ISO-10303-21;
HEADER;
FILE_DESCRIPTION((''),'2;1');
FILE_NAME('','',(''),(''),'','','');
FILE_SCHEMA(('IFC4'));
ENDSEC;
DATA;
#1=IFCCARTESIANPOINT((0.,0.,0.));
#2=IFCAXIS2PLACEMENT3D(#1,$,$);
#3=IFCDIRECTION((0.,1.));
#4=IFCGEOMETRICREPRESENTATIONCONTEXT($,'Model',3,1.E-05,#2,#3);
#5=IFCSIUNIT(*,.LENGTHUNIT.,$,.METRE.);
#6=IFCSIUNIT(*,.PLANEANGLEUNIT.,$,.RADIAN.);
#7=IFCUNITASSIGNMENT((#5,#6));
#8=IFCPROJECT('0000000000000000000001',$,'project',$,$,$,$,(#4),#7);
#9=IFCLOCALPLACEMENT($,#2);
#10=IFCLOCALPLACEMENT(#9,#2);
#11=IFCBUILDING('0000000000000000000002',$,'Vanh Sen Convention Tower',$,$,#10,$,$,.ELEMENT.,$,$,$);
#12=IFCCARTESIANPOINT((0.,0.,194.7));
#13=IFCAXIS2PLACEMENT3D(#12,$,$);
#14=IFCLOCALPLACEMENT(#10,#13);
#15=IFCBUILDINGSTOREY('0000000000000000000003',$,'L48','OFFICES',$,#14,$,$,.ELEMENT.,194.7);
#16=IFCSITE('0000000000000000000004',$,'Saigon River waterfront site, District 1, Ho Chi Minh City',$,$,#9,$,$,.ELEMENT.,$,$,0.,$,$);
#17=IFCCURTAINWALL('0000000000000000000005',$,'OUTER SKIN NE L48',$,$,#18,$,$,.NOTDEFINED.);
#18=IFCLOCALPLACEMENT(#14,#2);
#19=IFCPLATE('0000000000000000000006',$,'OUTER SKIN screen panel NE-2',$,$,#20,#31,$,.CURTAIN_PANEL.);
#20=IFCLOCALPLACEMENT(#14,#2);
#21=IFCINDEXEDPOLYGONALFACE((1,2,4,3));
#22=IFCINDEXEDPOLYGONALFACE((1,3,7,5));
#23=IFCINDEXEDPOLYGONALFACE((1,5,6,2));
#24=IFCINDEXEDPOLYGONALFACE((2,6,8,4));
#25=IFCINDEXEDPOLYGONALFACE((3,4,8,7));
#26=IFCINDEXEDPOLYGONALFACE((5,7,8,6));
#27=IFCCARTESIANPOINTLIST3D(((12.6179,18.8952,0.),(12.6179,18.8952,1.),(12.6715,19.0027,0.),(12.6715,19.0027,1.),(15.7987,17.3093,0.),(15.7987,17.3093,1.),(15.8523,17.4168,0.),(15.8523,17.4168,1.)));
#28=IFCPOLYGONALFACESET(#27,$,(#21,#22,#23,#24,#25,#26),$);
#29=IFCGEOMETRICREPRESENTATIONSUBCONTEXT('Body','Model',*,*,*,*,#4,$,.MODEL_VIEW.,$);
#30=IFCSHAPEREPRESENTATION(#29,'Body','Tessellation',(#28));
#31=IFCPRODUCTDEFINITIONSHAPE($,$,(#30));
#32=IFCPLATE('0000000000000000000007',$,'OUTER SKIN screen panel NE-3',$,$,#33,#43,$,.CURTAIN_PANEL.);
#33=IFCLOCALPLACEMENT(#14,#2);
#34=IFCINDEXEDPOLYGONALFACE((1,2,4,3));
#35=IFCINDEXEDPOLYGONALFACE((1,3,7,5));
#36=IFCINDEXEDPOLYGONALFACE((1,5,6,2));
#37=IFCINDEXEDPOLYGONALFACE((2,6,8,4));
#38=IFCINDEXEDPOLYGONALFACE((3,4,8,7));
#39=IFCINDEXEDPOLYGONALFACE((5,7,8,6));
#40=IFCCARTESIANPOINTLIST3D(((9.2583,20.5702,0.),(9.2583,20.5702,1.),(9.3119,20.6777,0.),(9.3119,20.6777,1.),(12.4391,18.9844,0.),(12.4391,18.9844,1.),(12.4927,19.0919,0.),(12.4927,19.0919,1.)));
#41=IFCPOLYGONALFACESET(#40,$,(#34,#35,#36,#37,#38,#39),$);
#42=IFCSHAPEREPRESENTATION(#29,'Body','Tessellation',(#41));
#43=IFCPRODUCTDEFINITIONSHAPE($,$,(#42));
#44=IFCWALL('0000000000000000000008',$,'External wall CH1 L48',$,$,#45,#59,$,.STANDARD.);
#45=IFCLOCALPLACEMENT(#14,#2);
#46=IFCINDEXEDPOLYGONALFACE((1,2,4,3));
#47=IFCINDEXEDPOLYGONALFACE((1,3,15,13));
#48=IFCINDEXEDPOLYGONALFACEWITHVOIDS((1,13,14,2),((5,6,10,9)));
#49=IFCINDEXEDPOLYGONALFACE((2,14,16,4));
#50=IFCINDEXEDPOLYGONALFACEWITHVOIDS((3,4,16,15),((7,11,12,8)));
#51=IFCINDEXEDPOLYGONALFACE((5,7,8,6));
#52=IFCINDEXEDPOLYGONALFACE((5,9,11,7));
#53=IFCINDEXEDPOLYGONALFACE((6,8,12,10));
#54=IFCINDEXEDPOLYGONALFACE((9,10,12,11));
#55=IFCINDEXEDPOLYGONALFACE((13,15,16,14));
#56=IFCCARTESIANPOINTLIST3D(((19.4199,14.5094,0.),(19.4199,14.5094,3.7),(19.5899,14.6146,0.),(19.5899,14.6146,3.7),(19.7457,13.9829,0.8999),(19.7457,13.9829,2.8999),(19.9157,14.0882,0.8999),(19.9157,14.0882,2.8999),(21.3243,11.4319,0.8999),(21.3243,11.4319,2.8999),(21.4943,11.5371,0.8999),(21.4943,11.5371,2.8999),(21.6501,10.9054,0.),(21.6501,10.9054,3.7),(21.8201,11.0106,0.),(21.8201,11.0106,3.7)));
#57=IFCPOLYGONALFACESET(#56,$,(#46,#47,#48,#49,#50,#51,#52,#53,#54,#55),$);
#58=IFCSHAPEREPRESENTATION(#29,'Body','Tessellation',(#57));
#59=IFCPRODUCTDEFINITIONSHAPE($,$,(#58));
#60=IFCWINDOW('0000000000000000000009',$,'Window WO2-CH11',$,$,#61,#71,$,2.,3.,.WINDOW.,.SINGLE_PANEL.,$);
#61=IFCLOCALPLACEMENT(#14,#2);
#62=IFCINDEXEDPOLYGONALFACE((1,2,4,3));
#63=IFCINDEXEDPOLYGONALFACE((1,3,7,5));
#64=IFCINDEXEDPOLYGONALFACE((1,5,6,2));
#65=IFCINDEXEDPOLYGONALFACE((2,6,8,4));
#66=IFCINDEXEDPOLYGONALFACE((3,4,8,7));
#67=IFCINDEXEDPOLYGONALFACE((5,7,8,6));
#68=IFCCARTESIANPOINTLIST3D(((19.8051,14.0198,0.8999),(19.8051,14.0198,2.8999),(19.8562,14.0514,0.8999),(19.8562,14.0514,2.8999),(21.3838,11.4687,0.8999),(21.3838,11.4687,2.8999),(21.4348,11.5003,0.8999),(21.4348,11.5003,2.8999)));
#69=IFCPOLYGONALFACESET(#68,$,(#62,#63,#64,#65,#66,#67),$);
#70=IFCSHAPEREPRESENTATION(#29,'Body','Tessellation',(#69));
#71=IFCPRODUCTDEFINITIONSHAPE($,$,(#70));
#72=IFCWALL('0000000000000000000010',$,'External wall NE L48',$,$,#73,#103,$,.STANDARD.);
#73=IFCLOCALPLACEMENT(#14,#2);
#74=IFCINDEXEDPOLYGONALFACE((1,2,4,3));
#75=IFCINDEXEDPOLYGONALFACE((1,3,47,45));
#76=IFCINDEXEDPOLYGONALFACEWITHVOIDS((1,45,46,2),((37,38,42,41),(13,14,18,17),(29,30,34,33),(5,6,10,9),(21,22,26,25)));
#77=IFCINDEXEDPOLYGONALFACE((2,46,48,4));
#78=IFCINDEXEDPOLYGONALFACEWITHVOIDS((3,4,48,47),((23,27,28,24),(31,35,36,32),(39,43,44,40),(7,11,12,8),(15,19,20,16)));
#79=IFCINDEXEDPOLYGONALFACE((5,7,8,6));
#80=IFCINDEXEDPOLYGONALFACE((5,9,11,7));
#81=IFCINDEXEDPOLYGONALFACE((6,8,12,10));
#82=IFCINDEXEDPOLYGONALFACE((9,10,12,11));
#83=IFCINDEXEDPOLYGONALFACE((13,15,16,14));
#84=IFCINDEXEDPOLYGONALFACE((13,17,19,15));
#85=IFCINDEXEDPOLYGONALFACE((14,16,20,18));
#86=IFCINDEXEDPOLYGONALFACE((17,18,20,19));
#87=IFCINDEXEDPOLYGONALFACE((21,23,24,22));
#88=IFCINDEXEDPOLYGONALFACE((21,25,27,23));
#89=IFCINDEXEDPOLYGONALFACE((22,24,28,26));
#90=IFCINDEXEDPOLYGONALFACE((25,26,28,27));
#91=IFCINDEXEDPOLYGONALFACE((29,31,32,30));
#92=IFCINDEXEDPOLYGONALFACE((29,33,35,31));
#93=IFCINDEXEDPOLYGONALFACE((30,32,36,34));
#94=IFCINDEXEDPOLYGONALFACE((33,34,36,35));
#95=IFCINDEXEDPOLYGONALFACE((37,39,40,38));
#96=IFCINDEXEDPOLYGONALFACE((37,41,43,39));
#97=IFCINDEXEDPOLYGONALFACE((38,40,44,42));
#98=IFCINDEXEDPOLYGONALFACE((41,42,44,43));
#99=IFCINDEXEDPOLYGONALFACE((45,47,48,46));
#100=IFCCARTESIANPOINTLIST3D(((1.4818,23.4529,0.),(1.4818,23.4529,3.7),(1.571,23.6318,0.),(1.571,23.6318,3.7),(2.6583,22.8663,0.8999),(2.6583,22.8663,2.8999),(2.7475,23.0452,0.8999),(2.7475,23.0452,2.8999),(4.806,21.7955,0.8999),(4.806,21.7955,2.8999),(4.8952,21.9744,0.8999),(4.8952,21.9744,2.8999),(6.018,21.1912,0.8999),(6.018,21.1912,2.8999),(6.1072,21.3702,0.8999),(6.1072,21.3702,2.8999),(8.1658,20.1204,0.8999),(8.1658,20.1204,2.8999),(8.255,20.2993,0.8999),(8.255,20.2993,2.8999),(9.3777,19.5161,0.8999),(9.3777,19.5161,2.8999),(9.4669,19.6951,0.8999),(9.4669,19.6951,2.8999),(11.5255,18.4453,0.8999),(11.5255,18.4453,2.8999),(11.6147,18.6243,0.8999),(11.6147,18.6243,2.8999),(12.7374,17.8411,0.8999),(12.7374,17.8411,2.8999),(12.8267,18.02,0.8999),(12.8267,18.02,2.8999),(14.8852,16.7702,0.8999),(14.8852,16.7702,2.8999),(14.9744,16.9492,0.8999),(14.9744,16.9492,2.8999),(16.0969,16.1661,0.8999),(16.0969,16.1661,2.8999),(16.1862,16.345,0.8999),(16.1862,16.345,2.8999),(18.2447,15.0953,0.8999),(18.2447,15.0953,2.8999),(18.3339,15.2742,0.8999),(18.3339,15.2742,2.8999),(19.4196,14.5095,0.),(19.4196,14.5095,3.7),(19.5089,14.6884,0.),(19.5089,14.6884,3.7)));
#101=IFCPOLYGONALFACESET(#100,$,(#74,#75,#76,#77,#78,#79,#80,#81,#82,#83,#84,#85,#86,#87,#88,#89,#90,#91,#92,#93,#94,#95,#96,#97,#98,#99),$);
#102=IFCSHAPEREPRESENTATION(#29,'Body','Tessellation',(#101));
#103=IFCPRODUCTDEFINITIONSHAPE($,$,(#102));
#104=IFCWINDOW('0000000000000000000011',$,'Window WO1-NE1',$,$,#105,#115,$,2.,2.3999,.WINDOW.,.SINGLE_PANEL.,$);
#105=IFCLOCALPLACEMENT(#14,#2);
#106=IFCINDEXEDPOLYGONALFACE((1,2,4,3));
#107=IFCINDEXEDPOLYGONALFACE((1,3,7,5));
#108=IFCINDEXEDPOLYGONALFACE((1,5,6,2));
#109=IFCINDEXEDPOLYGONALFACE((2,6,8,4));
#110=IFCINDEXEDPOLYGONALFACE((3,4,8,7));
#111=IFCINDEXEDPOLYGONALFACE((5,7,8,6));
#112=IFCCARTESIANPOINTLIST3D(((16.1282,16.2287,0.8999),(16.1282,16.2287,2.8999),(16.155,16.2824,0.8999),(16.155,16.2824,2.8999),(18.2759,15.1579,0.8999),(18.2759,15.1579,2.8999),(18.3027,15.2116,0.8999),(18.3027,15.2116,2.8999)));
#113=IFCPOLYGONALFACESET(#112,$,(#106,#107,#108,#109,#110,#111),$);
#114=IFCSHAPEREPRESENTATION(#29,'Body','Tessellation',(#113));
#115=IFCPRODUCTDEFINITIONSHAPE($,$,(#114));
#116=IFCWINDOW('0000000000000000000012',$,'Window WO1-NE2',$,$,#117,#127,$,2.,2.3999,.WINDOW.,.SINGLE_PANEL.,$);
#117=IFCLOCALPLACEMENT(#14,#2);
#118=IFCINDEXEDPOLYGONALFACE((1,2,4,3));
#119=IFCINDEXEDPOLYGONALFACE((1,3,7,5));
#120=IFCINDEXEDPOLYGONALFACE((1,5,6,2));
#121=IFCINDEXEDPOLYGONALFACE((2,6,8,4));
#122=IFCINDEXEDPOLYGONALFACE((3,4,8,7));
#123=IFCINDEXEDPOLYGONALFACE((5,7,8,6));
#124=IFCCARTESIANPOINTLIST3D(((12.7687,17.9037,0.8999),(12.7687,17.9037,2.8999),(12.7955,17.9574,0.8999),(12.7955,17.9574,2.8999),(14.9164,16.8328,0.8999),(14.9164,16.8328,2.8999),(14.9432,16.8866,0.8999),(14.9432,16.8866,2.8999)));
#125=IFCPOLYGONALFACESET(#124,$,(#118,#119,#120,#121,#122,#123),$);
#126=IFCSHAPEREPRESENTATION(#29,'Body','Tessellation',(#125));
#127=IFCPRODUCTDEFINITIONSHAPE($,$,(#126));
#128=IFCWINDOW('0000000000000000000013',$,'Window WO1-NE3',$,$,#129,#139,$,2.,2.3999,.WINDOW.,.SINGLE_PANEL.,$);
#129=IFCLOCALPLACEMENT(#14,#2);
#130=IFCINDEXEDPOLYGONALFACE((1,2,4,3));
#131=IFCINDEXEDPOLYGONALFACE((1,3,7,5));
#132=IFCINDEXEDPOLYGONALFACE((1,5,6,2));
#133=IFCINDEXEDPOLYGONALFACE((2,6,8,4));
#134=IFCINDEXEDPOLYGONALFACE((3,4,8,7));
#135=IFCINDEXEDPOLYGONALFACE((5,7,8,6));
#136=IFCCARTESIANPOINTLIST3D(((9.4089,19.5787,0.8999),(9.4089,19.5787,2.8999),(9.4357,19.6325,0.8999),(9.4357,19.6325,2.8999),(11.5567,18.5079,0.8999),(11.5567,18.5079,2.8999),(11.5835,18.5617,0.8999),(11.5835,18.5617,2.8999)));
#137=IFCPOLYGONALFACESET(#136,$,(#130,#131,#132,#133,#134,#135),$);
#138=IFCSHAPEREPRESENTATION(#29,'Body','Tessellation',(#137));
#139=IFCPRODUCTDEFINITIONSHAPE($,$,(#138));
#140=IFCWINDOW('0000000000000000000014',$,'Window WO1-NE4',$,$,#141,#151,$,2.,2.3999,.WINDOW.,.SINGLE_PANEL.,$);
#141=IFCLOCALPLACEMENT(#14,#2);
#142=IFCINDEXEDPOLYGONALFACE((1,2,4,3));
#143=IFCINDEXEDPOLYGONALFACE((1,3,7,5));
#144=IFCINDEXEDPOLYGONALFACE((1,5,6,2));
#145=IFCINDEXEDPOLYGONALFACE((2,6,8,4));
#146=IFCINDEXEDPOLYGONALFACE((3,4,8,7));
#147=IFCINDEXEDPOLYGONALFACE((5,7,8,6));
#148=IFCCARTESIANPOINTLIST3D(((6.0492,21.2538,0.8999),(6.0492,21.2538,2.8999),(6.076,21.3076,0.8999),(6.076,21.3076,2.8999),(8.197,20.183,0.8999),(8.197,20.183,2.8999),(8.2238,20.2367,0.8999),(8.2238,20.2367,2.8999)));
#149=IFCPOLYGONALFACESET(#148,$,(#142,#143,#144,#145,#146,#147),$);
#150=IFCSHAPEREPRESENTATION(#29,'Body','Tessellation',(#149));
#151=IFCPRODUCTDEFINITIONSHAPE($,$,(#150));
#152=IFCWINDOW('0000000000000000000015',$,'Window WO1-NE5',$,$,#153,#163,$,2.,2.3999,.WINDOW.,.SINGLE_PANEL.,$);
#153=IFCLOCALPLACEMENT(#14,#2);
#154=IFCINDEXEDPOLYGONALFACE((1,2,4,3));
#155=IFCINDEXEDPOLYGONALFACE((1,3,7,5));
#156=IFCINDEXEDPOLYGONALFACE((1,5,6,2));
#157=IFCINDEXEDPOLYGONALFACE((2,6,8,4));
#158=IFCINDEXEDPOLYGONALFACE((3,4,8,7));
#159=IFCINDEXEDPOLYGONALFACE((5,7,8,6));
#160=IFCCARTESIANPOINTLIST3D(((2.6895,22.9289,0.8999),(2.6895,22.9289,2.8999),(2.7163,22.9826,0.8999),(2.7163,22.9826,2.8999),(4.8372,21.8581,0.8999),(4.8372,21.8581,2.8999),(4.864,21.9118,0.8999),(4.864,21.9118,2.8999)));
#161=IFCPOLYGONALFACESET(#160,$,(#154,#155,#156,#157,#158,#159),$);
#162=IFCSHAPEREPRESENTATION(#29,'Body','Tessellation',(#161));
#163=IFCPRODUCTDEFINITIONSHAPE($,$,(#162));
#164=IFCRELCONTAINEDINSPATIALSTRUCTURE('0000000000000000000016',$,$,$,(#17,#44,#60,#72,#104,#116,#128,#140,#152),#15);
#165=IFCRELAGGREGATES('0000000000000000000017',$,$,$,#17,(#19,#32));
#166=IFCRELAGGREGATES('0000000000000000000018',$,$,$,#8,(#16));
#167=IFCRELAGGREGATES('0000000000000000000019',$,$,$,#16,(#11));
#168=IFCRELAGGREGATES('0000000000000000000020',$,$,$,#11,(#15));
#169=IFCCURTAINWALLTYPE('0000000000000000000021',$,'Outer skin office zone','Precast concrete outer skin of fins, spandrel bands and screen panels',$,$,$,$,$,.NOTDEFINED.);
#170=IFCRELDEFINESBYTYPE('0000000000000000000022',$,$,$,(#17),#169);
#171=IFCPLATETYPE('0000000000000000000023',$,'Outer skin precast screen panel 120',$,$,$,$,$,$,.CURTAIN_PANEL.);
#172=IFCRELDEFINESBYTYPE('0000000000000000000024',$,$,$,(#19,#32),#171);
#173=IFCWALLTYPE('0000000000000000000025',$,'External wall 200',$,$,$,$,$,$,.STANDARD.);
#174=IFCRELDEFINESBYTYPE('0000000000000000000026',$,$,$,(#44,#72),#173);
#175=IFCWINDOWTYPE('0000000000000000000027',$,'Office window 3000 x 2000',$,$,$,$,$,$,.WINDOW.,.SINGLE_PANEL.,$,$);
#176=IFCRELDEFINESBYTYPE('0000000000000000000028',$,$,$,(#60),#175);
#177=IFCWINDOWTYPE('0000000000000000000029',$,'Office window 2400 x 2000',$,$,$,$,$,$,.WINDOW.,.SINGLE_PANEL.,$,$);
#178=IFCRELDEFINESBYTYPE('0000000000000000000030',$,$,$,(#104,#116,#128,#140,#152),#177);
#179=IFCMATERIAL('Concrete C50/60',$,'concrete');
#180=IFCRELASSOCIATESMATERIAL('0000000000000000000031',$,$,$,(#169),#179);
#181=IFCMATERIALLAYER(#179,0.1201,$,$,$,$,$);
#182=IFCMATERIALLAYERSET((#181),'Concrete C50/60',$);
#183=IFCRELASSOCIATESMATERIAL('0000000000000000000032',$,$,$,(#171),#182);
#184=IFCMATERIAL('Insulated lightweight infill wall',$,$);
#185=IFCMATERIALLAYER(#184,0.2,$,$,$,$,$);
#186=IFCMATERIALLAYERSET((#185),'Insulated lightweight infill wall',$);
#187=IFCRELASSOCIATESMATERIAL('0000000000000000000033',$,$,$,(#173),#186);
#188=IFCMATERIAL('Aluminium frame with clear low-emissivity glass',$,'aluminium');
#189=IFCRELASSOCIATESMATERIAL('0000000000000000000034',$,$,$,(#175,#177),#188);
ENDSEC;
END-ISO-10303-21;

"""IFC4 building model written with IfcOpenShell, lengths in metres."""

from ifc_helpers import new_model, si_unit, direction, frame, frame_2d, origin, origin_2d, place, context, subcontext, project, spatial, rectangle, extrude, material, layer, layer_set, type_object, element, fill, aggregate, save


model = new_model("IFC4")

# Units and contexts
model_context = context("Model", 3, precision=1e-05, world=origin(), true_north=direction((0.0, 1.0)))
body_context = subcontext(model_context, "Body", "Model", "MODEL_VIEW")
ifc_project = project(units=[si_unit("LENGTHUNIT", "METRE"), si_unit("PLANEANGLEUNIT", "RADIAN")], contexts=[model_context])

# Site, building, storey
site_placement = place(None, origin())
site = spatial("IfcSite", under=ifc_project, at=site_placement, Name="Saigon River waterfront site, District 1, Ho Chi Minh City", CompositionType="ELEMENT", RefElevation=0.0)
building_placement = place(site_placement, origin())
building = spatial("IfcBuilding", under=site, at=building_placement, Name="Vanh Sen Convention Tower", CompositionType="ELEMENT")
storey_placement = place(building_placement, frame((0.0, 0.0, 194.7)))
storey = spatial("IfcBuildingStorey", under=building, at=storey_placement, Name="L48", Description="OFFICES", CompositionType="ELEMENT", Elevation=194.7)

# Curtain wall
ifc_material_1 = material(Name="Concrete C50/60", Category="concrete")
curtain_wall_type = type_object("IfcCurtainWallType", Name="Outer skin office zone", Description="Precast concrete outer skin of fins, spandrel bands and screen panels", PredefinedType="NOTDEFINED", material=ifc_material_1)
curtain_wall_1_placement = place(storey_placement, origin())
curtain_wall_1 = element("IfcCurtainWall", 1, at=curtain_wall_1_placement, inside=storey, type_object=curtain_wall_type, Name="OUTER SKIN NE L48", PredefinedType="NOTDEFINED")

# Shared definitions
ifc_layer_1 = layer(ifc_material_1, 0.1201)
ifc_layer_set_1 = layer_set([ifc_layer_1], Name="Concrete C50/60")
plate_type = type_object("IfcPlateType", Name="Outer skin precast screen panel 120", PredefinedType="CURTAIN_PANEL", material=ifc_layer_set_1)

# Plates
plate_1_placement = place(storey_placement, frame((14.2351, 18.156, 0.0), z_axis=(0.0, 0.0, 1.0), x_axis=(-0.894933, 0.446201, 0.0)))
plate_1 = element("IfcPlate", 2, at=plate_1_placement, type_object=plate_type, Name="OUTER SKIN screen panel NE-2", PredefinedType="CURTAIN_PANEL", context=body_context, shape_type="SweptSolid", body=[
    extrude(rectangle(XDim=3.5542, YDim=0.1201, at=origin_2d()), origin(), (0.0, 0.0, 1.0), 1.0),
])
plate_2_placement = place(storey_placement, frame((10.8755, 19.8311, 0.0), z_axis=(0.0, 0.0, 1.0), x_axis=(-0.894933, 0.446201, 0.0)))
plate_2 = element("IfcPlate", 3, at=plate_2_placement, type_object=plate_type, Name="OUTER SKIN screen panel NE-3", PredefinedType="CURTAIN_PANEL", context=body_context, shape_type="SweptSolid", body=[
    extrude(rectangle(XDim=3.5542, YDim=0.1201, at=origin_2d()), origin(), (0.0, 0.0, 1.0), 1.0),
])
aggregate(curtain_wall_1, [plate_1, plate_2])

# Wall, opening, window
ifc_material_2 = material(Name="Insulated lightweight infill wall")
ifc_layer_2 = layer(ifc_material_2, 0.2)
ifc_layer_set_2 = layer_set([ifc_layer_2], Name="Insulated lightweight infill wall")
wall_type = type_object("IfcWallType", Name="External wall 200", PredefinedType="STANDARD", material=ifc_layer_set_2)
wall_1_placement = place(storey_placement, frame((21.7351, 10.958, 0.0), z_axis=(0.0, 0.0, 1.0), x_axis=(-0.526214, 0.850352, 0.0)))
wall_1 = element("IfcWall", 4, at=wall_1_placement, inside=storey, type_object=wall_type, Name="External wall CH1 L48", PredefinedType="STANDARD", context=body_context, shape_type="SweptSolid", body=[
    extrude(rectangle(XDim=4.2383, YDim=0.2, at=frame_2d((2.1191, 0.0))), origin(), (0.0, 0.0, 1.0), 3.7),
])
opening_1_placement = place(wall_1_placement, frame((0.6191, 0.0, 0.8999)))
opening_1 = element("IfcOpeningElement", 5, at=opening_1_placement, cuts=wall_1, PredefinedType="OPENING", context=body_context, shape_type="SweptSolid", body=[
    extrude(rectangle(XDim=3.0, YDim=2.0, at=frame_2d((1.5, 1.0))), frame((0.0, 0.1099, 0.0), z_axis=(0.0, -1.0, 0.0), x_axis=(1.0, 0.0, 0.0)), (0.0, 0.0, 1.0), 0.22),
])
ifc_material_3 = material(Name="Aluminium frame with clear low-emissivity glass", Category="aluminium")
window_type_1 = type_object("IfcWindowType", Name="Office window 3000 x 2000", PartitioningType="SINGLE_PANEL", PredefinedType="WINDOW", material=ifc_material_3)
window_1_placement = place(opening_1_placement, origin())
window_1 = element("IfcWindow", 6, at=window_1_placement, inside=storey, type_object=window_type_1, Name="Window WO2-CH11", OverallHeight=2.0, OverallWidth=3.0, PartitioningType="SINGLE_PANEL", PredefinedType="WINDOW", context=body_context, shape_type="SweptSolid", body=[
    extrude(rectangle(XDim=3.0, YDim=2.0, at=frame_2d((1.5, 1.0))), frame((0.0, 0.03, 0.0), z_axis=(0.0, -1.0, 0.0), x_axis=(1.0, 0.0, 0.0)), (0.0, 0.0, 1.0), 0.0601),
])
fill(opening_1, window_1)

# Wall, openings, windows
wall_2_placement = place(storey_placement, frame((19.4644, 14.5989, 0.0), z_axis=(0.0, 0.0, 1.0), x_axis=(-0.894936, 0.446195, 0.0)))
wall_2 = element("IfcWall", 7, at=wall_2_placement, inside=storey, type_object=wall_type, Name="External wall NE L48", PredefinedType="STANDARD", context=body_context, shape_type="SweptSolid", body=[
    extrude(rectangle(XDim=20.0437, YDim=0.2, at=frame_2d((10.022, 0.0))), origin(), (0.0, 0.0, 1.0), 3.7),
])
opening_2_placement = place(wall_2_placement, frame((1.313, 0.0, 0.8999)))
opening_2 = element("IfcOpeningElement", 8, at=opening_2_placement, cuts=wall_2, PredefinedType="OPENING", context=body_context, shape_type="SweptSolid", body=[
    extrude(rectangle(XDim=2.3999, YDim=2.0, at=frame_2d((1.2, 1.0))), frame((0.0, 0.1099, 0.0), z_axis=(0.0, -1.0, 0.0), x_axis=(1.0, 0.0, 0.0)), (0.0, 0.0, 1.0), 0.22),
])
opening_3_placement = place(wall_2_placement, frame((5.0669, 0.0, 0.8999)))
opening_3 = element("IfcOpeningElement", 9, at=opening_3_placement, cuts=wall_2, PredefinedType="OPENING", context=body_context, shape_type="SweptSolid", body=[
    extrude(rectangle(XDim=2.3999, YDim=2.0, at=frame_2d((1.2, 1.0))), frame((0.0, 0.1099, 0.0), z_axis=(0.0, -1.0, 0.0), x_axis=(1.0, 0.0, 0.0)), (0.0, 0.0, 1.0), 0.22),
])
opening_4_placement = place(wall_2_placement, frame((8.821, 0.0, 0.8999)))
opening_4 = element("IfcOpeningElement", 10, at=opening_4_placement, cuts=wall_2, PredefinedType="OPENING", context=body_context, shape_type="SweptSolid", body=[
    extrude(rectangle(XDim=2.3999, YDim=2.0, at=frame_2d((1.2, 1.0))), frame((0.0, 0.1099, 0.0), z_axis=(0.0, -1.0, 0.0), x_axis=(1.0, 0.0, 0.0)), (0.0, 0.0, 1.0), 0.22),
])
opening_5_placement = place(wall_2_placement, frame((12.5752, 0.0, 0.8999)))
opening_5 = element("IfcOpeningElement", 11, at=opening_5_placement, cuts=wall_2, PredefinedType="OPENING", context=body_context, shape_type="SweptSolid", body=[
    extrude(rectangle(XDim=2.3999, YDim=2.0, at=frame_2d((1.2, 1.0))), frame((0.0, 0.1099, 0.0), z_axis=(0.0, -1.0, 0.0), x_axis=(1.0, 0.0, 0.0)), (0.0, 0.0, 1.0), 0.22),
])
opening_6_placement = place(wall_2_placement, frame((16.3293, 0.0, 0.8999)))
opening_6 = element("IfcOpeningElement", 12, at=opening_6_placement, cuts=wall_2, PredefinedType="OPENING", context=body_context, shape_type="SweptSolid", body=[
    extrude(rectangle(XDim=2.3999, YDim=2.0, at=frame_2d((1.2, 1.0))), frame((0.0, 0.1099, 0.0), z_axis=(0.0, -1.0, 0.0), x_axis=(1.0, 0.0, 0.0)), (0.0, 0.0, 1.0), 0.22),
])
window_type_2 = type_object("IfcWindowType", Name="Office window 2400 x 2000", PartitioningType="SINGLE_PANEL", PredefinedType="WINDOW", material=ifc_material_3)
window_2_placement = place(opening_2_placement, origin())
window_2 = element("IfcWindow", 13, at=window_2_placement, inside=storey, type_object=window_type_2, Name="Window WO1-NE1", OverallHeight=2.0, OverallWidth=2.3999, PartitioningType="SINGLE_PANEL", PredefinedType="WINDOW", context=body_context, shape_type="SweptSolid", body=[
    extrude(rectangle(XDim=2.3999, YDim=2.0, at=frame_2d((1.2, 1.0))), frame((0.0, 0.03, 0.0), z_axis=(0.0, -1.0, 0.0), x_axis=(1.0, 0.0, 0.0)), (0.0, 0.0, 1.0), 0.0601),
])
fill(opening_2, window_2)
window_3_placement = place(opening_3_placement, origin())
window_3 = element("IfcWindow", 14, at=window_3_placement, inside=storey, type_object=window_type_2, Name="Window WO1-NE2", OverallHeight=2.0, OverallWidth=2.3999, PartitioningType="SINGLE_PANEL", PredefinedType="WINDOW", context=body_context, shape_type="SweptSolid", body=[
    extrude(rectangle(XDim=2.3999, YDim=2.0, at=frame_2d((1.2, 1.0))), frame((0.0, 0.03, 0.0), z_axis=(0.0, -1.0, 0.0), x_axis=(1.0, 0.0, 0.0)), (0.0, 0.0, 1.0), 0.0601),
])
fill(opening_3, window_3)
window_4_placement = place(opening_4_placement, origin())
window_4 = element("IfcWindow", 15, at=window_4_placement, inside=storey, type_object=window_type_2, Name="Window WO1-NE3", OverallHeight=2.0, OverallWidth=2.3999, PartitioningType="SINGLE_PANEL", PredefinedType="WINDOW", context=body_context, shape_type="SweptSolid", body=[
    extrude(rectangle(XDim=2.3999, YDim=2.0, at=frame_2d((1.2, 1.0))), frame((0.0, 0.03, 0.0), z_axis=(0.0, -1.0, 0.0), x_axis=(1.0, 0.0, 0.0)), (0.0, 0.0, 1.0), 0.0601),
])
fill(opening_4, window_4)
window_5_placement = place(opening_5_placement, origin())
window_5 = element("IfcWindow", 16, at=window_5_placement, inside=storey, type_object=window_type_2, Name="Window WO1-NE4", OverallHeight=2.0, OverallWidth=2.3999, PartitioningType="SINGLE_PANEL", PredefinedType="WINDOW", context=body_context, shape_type="SweptSolid", body=[
    extrude(rectangle(XDim=2.3999, YDim=2.0, at=frame_2d((1.2, 1.0))), frame((0.0, 0.03, 0.0), z_axis=(0.0, -1.0, 0.0), x_axis=(1.0, 0.0, 0.0)), (0.0, 0.0, 1.0), 0.0601),
])
fill(opening_5, window_5)
window_6_placement = place(opening_6_placement, origin())
window_6 = element("IfcWindow", 17, at=window_6_placement, inside=storey, type_object=window_type_2, Name="Window WO1-NE5", OverallHeight=2.0, OverallWidth=2.3999, PartitioningType="SINGLE_PANEL", PredefinedType="WINDOW", context=body_context, shape_type="SweptSolid", body=[
    extrude(rectangle(XDim=2.3999, YDim=2.0, at=frame_2d((1.2, 1.0))), frame((0.0, 0.03, 0.0), z_axis=(0.0, -1.0, 0.0), x_axis=(1.0, 0.0, 0.0)), (0.0, 0.0, 1.0), 0.0601),
])
fill(opening_6, window_6)

save(model, "model.ifc")
